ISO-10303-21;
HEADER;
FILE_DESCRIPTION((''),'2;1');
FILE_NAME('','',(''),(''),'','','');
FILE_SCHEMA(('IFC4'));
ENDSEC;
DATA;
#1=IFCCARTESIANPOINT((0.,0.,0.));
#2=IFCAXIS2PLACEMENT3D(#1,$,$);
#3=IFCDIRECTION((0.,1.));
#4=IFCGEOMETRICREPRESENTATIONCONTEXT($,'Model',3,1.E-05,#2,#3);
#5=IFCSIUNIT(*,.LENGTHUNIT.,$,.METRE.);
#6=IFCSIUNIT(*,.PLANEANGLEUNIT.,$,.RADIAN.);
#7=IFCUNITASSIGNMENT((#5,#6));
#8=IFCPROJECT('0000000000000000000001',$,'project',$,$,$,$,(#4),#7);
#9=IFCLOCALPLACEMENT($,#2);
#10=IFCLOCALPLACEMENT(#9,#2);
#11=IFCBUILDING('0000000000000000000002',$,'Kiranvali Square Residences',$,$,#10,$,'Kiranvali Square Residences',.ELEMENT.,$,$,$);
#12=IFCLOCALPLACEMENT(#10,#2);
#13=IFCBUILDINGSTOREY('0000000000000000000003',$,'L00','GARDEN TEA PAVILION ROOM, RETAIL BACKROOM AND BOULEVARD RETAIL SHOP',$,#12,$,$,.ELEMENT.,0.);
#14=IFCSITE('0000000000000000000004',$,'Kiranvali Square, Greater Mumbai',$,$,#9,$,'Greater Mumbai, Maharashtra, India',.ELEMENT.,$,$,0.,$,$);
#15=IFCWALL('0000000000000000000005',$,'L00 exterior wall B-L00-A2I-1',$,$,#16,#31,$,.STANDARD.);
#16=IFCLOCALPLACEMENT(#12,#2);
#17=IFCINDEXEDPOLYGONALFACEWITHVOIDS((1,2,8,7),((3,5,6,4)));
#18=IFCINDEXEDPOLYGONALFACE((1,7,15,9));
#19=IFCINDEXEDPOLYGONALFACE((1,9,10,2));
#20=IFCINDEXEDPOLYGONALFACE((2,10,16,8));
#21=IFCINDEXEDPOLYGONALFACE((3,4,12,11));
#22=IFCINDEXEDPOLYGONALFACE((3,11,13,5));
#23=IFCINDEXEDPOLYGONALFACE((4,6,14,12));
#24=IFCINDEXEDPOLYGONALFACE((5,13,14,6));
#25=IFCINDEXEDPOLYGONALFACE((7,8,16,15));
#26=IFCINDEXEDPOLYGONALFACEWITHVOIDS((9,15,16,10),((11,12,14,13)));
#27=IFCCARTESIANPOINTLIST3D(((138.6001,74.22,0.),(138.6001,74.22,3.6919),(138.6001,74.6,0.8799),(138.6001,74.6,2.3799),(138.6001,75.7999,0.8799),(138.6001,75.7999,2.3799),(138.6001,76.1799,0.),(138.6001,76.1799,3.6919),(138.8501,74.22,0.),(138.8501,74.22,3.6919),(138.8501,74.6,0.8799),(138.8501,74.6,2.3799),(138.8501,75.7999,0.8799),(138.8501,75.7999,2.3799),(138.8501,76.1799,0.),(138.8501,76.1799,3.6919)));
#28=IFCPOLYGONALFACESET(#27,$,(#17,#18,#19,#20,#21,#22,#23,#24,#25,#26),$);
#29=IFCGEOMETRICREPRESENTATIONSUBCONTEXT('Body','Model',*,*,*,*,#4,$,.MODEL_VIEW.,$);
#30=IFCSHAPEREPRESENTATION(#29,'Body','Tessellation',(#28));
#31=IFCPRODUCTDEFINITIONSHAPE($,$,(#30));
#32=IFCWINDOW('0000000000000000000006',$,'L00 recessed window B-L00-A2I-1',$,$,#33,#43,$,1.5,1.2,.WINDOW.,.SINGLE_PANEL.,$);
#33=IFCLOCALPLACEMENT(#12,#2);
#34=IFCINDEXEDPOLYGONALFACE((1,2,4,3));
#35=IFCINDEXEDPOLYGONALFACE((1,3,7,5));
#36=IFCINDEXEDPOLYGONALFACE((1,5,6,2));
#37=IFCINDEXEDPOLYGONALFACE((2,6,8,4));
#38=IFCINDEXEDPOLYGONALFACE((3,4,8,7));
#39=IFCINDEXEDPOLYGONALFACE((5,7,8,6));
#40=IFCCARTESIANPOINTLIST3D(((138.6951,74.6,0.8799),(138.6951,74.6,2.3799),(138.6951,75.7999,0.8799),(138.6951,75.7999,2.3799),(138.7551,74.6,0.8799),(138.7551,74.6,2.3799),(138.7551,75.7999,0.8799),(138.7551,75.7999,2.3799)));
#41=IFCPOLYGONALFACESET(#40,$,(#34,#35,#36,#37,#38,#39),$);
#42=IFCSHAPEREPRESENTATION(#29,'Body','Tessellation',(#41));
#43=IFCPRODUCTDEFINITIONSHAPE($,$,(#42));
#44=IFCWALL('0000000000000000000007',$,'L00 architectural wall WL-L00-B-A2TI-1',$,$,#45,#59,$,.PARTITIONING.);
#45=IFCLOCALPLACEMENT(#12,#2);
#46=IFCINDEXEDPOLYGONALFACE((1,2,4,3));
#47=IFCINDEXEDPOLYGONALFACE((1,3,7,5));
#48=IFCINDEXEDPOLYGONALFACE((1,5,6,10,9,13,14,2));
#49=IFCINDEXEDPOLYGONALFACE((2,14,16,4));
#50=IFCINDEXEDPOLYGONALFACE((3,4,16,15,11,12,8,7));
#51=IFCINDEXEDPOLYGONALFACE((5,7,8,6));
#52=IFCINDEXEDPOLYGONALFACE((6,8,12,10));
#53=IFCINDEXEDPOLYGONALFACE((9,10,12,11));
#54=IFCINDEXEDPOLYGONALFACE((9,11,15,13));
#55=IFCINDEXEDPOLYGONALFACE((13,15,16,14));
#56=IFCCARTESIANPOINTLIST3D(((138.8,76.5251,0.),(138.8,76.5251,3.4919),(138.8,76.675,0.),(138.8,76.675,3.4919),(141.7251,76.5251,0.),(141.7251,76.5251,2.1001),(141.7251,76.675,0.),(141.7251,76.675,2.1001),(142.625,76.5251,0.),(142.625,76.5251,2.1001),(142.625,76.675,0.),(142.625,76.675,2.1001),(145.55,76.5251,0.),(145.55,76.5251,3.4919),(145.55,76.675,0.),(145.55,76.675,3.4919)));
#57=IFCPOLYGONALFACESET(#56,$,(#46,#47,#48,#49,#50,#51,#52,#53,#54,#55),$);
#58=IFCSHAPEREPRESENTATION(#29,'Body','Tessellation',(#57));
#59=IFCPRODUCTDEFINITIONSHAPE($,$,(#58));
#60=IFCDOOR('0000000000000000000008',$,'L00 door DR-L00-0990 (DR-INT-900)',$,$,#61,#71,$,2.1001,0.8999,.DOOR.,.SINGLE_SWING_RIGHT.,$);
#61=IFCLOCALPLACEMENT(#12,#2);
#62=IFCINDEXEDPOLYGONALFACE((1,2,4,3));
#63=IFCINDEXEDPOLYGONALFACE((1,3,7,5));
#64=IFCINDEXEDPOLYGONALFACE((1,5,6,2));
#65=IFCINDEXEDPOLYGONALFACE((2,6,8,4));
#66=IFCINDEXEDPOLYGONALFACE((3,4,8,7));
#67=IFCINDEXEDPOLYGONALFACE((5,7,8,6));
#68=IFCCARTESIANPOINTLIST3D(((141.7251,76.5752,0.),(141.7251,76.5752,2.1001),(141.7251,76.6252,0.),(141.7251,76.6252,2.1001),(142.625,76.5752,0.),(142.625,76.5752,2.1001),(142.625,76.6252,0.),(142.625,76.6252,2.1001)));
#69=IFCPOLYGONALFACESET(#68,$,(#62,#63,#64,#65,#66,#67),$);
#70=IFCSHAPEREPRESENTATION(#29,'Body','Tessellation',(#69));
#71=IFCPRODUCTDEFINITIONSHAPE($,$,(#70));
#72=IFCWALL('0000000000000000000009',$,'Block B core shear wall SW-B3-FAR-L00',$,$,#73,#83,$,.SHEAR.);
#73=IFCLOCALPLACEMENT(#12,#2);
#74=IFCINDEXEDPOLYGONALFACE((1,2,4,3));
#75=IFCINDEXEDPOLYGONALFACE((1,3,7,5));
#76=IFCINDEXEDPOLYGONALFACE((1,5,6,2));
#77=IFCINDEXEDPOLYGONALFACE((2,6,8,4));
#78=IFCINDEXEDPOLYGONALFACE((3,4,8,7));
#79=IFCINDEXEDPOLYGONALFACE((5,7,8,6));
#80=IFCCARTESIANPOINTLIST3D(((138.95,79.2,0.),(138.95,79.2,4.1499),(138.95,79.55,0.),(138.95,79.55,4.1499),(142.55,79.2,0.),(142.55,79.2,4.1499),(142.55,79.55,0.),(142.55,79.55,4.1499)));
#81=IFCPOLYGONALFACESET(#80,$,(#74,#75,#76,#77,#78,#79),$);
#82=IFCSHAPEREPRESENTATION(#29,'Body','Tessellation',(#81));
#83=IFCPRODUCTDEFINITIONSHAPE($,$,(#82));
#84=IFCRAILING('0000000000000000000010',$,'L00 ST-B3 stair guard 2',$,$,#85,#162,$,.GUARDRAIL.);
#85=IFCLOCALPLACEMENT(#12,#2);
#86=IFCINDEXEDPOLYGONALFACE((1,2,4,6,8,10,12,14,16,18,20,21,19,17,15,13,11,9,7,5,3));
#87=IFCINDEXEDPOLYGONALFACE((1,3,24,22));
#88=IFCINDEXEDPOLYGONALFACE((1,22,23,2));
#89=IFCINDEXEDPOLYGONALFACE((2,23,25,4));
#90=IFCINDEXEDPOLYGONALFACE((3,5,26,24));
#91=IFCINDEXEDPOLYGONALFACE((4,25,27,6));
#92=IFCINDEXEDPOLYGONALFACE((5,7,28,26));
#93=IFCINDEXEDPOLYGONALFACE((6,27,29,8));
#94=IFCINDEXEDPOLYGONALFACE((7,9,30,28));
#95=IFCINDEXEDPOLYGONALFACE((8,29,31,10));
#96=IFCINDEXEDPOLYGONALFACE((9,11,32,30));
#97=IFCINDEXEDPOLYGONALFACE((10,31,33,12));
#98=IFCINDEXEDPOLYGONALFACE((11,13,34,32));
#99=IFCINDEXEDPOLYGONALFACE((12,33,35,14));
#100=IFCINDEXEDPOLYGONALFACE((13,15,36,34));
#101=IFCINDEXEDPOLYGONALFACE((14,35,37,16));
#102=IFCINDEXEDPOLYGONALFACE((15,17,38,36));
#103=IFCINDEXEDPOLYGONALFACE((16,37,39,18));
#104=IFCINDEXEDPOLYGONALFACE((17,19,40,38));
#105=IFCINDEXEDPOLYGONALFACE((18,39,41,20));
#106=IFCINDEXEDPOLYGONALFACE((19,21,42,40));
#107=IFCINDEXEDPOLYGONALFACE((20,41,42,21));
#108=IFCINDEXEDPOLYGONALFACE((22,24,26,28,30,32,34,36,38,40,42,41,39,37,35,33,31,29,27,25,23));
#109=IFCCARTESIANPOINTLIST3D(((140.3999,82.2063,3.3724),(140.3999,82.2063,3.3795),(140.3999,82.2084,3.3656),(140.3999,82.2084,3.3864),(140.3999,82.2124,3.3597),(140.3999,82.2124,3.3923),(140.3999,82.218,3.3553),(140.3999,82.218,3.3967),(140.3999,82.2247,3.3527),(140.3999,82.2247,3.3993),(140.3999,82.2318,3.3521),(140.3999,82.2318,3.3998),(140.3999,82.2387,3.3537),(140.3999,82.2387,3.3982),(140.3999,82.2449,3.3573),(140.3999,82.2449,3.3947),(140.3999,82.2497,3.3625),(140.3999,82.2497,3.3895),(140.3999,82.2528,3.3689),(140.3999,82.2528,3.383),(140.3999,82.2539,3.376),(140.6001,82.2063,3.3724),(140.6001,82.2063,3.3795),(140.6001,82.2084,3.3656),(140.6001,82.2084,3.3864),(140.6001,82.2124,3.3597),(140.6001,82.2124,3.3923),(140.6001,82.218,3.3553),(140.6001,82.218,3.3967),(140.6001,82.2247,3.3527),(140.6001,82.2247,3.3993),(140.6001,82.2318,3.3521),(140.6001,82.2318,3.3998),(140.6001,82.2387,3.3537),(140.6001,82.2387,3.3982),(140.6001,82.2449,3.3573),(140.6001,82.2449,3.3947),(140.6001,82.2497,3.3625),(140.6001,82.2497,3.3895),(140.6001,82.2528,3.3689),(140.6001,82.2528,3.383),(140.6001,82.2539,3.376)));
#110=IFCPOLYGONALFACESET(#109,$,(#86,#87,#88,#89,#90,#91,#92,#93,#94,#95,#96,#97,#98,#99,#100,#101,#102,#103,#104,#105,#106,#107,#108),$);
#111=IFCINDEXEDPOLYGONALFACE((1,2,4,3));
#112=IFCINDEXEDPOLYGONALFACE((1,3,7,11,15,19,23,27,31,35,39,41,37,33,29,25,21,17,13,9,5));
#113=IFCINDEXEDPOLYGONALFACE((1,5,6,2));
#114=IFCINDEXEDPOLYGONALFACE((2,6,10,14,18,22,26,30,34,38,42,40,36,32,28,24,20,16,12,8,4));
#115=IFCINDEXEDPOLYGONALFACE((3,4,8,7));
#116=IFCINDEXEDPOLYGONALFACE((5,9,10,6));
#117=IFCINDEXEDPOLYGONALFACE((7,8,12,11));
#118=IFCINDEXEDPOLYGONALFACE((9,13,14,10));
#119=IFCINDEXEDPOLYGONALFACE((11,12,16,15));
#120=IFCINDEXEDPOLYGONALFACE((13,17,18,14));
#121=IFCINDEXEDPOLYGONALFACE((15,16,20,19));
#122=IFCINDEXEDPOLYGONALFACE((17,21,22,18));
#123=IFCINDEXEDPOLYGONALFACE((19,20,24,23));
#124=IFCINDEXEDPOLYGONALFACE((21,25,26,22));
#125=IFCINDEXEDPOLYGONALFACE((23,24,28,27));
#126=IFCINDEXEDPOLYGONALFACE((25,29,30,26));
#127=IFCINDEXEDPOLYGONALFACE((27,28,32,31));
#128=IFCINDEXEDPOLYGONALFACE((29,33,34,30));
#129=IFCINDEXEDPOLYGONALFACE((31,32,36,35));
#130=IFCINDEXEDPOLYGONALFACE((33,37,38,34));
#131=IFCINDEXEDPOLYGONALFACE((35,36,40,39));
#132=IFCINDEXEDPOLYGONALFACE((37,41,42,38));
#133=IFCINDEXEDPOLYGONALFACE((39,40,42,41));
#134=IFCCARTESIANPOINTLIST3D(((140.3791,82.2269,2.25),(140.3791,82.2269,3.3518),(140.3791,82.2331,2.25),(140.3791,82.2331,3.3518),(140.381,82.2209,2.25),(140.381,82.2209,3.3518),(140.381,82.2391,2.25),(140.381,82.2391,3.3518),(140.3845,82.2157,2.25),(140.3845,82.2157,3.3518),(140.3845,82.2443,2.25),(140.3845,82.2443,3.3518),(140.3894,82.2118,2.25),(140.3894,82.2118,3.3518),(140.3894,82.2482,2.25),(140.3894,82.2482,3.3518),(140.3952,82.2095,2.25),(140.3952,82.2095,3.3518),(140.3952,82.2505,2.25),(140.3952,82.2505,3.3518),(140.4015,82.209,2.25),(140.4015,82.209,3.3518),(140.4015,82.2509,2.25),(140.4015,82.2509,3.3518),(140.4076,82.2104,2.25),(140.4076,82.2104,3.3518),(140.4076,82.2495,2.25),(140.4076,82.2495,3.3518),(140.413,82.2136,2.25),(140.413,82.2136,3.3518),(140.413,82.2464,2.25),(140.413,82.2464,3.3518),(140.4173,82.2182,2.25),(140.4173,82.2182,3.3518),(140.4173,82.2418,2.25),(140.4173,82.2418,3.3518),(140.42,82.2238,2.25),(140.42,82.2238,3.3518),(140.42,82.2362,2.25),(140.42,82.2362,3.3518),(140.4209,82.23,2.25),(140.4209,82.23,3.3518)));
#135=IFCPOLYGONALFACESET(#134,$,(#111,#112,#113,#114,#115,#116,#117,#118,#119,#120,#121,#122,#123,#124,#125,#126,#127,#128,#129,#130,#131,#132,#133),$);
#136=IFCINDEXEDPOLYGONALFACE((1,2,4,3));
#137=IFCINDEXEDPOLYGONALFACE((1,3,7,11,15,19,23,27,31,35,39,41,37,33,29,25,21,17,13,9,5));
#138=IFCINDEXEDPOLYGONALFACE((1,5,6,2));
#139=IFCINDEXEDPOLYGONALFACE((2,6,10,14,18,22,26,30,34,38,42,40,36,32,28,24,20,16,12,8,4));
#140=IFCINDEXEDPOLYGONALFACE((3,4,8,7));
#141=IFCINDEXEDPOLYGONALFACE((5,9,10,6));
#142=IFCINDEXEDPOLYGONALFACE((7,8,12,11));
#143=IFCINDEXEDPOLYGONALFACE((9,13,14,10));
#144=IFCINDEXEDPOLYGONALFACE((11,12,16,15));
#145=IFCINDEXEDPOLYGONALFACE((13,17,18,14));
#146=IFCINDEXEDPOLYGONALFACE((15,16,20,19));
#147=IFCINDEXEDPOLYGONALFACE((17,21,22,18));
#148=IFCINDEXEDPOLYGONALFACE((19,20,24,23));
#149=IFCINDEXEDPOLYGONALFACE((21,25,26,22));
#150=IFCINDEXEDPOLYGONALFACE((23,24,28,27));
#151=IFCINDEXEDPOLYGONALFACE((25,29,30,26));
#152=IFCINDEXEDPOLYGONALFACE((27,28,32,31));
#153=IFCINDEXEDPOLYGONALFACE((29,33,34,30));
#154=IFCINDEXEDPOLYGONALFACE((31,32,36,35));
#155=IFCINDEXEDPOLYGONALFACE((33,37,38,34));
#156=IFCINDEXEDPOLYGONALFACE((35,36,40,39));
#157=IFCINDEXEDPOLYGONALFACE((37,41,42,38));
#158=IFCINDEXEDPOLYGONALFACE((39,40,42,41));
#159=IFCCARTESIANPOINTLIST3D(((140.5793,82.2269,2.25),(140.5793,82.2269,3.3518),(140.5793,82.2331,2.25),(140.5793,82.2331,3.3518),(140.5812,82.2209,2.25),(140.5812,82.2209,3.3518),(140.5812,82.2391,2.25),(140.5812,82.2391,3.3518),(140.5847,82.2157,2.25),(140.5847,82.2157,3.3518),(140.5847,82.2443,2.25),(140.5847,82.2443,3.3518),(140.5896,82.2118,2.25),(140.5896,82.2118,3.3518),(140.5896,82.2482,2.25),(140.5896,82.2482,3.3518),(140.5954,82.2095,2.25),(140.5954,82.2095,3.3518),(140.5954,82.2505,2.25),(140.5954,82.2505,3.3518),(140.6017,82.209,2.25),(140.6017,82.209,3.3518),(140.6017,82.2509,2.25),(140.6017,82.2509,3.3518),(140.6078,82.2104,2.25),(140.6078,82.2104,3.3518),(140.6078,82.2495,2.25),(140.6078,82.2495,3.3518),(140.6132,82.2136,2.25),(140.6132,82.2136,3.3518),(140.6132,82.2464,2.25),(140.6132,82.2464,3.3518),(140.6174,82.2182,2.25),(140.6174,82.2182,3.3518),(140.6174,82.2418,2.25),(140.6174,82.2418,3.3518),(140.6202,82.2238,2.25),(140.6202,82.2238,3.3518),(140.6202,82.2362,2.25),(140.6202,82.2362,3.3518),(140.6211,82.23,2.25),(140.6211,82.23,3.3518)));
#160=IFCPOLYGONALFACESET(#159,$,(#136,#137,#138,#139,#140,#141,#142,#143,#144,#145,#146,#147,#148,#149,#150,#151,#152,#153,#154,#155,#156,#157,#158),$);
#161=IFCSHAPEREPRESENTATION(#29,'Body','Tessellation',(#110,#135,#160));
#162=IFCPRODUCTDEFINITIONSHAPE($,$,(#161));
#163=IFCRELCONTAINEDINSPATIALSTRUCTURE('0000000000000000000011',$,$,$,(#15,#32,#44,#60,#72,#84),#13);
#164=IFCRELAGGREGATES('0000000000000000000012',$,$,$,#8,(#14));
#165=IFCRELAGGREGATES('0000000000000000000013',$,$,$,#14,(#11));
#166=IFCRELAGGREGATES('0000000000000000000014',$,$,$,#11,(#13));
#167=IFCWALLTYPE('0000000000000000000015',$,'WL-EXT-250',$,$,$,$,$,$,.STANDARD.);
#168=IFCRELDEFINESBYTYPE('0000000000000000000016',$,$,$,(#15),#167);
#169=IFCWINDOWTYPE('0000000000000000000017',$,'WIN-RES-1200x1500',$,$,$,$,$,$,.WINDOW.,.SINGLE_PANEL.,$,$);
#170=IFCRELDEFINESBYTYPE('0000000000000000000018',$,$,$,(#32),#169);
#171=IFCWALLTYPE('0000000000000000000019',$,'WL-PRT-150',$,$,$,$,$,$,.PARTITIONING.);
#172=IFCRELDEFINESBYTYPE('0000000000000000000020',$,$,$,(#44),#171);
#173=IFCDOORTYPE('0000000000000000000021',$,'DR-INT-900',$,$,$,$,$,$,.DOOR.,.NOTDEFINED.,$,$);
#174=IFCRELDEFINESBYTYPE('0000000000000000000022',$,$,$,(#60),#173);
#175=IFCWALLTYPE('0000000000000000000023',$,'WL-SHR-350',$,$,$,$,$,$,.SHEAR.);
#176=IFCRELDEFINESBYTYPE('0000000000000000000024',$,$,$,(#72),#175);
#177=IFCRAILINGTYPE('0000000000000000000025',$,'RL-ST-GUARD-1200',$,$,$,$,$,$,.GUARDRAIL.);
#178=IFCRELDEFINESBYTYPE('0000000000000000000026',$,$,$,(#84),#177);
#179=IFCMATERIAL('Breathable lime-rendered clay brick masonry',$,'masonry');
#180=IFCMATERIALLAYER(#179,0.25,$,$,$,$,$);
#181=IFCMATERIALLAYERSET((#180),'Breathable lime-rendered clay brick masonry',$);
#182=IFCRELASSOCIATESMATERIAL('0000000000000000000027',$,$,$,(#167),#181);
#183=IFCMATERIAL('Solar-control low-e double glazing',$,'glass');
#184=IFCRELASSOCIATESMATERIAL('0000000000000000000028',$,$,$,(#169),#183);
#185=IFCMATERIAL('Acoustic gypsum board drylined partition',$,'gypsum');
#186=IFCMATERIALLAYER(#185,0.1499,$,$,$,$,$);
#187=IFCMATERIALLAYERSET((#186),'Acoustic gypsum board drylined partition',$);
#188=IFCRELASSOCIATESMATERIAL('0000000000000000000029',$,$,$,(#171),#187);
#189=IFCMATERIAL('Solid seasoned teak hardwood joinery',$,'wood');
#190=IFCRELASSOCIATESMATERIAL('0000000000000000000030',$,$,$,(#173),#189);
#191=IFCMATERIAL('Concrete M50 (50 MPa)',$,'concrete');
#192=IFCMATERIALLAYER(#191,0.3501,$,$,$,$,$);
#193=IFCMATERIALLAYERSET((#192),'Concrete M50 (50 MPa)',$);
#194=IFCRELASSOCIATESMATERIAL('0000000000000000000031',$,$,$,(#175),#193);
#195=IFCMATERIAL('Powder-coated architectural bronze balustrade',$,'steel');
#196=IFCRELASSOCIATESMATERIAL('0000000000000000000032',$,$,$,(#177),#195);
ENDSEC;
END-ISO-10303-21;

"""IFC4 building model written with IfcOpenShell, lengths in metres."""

from ifc_helpers import new_model, si_unit, direction, frame, frame_2d, origin, origin_2d, place, context, subcontext, project, spatial, rectangle, circle, extrude, material, layer, layer_set, type_object, element, fill, save


model = new_model("IFC4")

# Units and contexts
model_context = context("Model", 3, precision=1e-05, world=origin(), true_north=direction((0.0, 1.0)))
body_context = subcontext(model_context, "Body", "Model", "MODEL_VIEW")
ifc_project = project(units=[si_unit("LENGTHUNIT", "METRE"), si_unit("PLANEANGLEUNIT", "RADIAN")], contexts=[model_context])

# Site, building, storey
site_placement = place(None, origin())
site = spatial("IfcSite", under=ifc_project, at=site_placement, Name="Kiranvali Square, Greater Mumbai", LongName="Greater Mumbai, Maharashtra, India", CompositionType="ELEMENT", RefElevation=0.0)
building_placement = place(site_placement, origin())
building = spatial("IfcBuilding", under=site, at=building_placement, Name="Kiranvali Square Residences", LongName="Kiranvali Square Residences", CompositionType="ELEMENT")
storey_placement = place(building_placement, origin())
storey = spatial("IfcBuildingStorey", under=building, at=storey_placement, Name="L00", Description="GARDEN TEA PAVILION ROOM, RETAIL BACKROOM AND BOULEVARD RETAIL SHOP", CompositionType="ELEMENT", Elevation=0.0)

# Shared definitions
ifc_material_1 = material(Name="Concrete M50 (50 MPa)", Category="concrete")

# Wall, opening, window
ifc_material_2 = material(Name="Breathable lime-rendered clay brick masonry", Category="masonry")
ifc_layer_1 = layer(ifc_material_2, 0.25)
ifc_layer_set_1 = layer_set([ifc_layer_1], Name="Breathable lime-rendered clay brick masonry")
wall_type_1 = type_object("IfcWallType", Name="WL-EXT-250", PredefinedType="STANDARD", material=ifc_layer_set_1)
ifc_material_3 = material(Name="Solar-control low-e double glazing", Category="glass")
window_type = type_object("IfcWindowType", Name="WIN-RES-1200x1500", PartitioningType="SINGLE_PANEL", PredefinedType="WINDOW", material=ifc_material_3)
wall_1_placement = place(storey_placement, frame((138.7251, 76.1799, 0.0), z_axis=(0.0, 0.0, 1.0), x_axis=(0.0, -1.0, 0.0)))
wall_1 = element("IfcWall", 1, at=wall_1_placement, inside=storey, type_object=wall_type_1, Name="L00 exterior wall B-L00-A2I-1", PredefinedType="STANDARD", context=body_context, shape_type="SweptSolid", body=[
    extrude(rectangle(XDim=1.96, YDim=0.25, at=frame_2d((0.98, 0.0))), origin(), (0.0, 0.0, 1.0), 3.6919),
])
opening_1_placement = place(wall_1_placement, frame((0.3799, 0.0, 0.8799)))
opening_1 = element("IfcOpeningElement", 2, at=opening_1_placement, cuts=wall_1, PredefinedType="OPENING", context=body_context, shape_type="SweptSolid", body=[
    extrude(rectangle(XDim=1.2, YDim=1.5, at=frame_2d((0.6001, 0.75))), frame((0.0, 0.135, 0.0), z_axis=(0.0, -1.0, 0.0), x_axis=(1.0, 0.0, 0.0)), (0.0, 0.0, 1.0), 0.27),
])
window_1_placement = place(opening_1_placement, origin())
window_1 = element("IfcWindow", 3, at=window_1_placement, inside=storey, type_object=window_type, Name="L00 recessed window B-L00-A2I-1", OverallHeight=1.5, OverallWidth=1.2, PartitioningType="SINGLE_PANEL", PredefinedType="WINDOW", context=body_context, shape_type="SweptSolid", body=[
    extrude(rectangle(XDim=1.2, YDim=1.5, at=frame_2d((0.6001, 0.75))), frame((0.0, 0.03, 0.0), z_axis=(0.0, -1.0, 0.0), x_axis=(1.0, 0.0, 0.0)), (0.0, 0.0, 1.0), 0.0601),
])
fill(opening_1, window_1)

# Wall, opening, door
ifc_material_4 = material(Name="Acoustic gypsum board drylined partition", Category="gypsum")
ifc_layer_2 = layer(ifc_material_4, 0.1499)
ifc_layer_set_2 = layer_set([ifc_layer_2], Name="Acoustic gypsum board drylined partition")
wall_type_2 = type_object("IfcWallType", Name="WL-PRT-150", PredefinedType="PARTITIONING", material=ifc_layer_set_2)
wall_2_placement = place(storey_placement, frame((138.8, 76.6001, 0.0), z_axis=(0.0, 0.0, 1.0), x_axis=(1.0, 0.0, 0.0)))
wall_2 = element("IfcWall", 4, at=wall_2_placement, inside=storey, type_object=wall_type_2, Name="L00 architectural wall WL-L00-B-A2TI-1", PredefinedType="PARTITIONING", context=body_context, shape_type="SweptSolid", body=[
    extrude(rectangle(XDim=6.75, YDim=0.1499, at=frame_2d((3.375, 0.0))), origin(), (0.0, 0.0, 1.0), 3.4919),
])
opening_2_placement = place(wall_2_placement, frame((2.925, 0.0, 0.0)))
opening_2 = element("IfcOpeningElement", 5, at=opening_2_placement, cuts=wall_2, PredefinedType="OPENING", context=body_context, shape_type="SweptSolid", body=[
    extrude(rectangle(XDim=0.8999, YDim=2.1001, at=frame_2d((0.45, 1.05))), frame((0.0, 0.085, 0.0), z_axis=(0.0, -1.0, 0.0), x_axis=(1.0, 0.0, 0.0)), (0.0, 0.0, 1.0), 0.1699),
])
ifc_material_5 = material(Name="Solid seasoned teak hardwood joinery", Category="wood")
door_type = type_object("IfcDoorType", Name="DR-INT-900", OperationType="NOTDEFINED", PredefinedType="DOOR", material=ifc_material_5)
door_placement = place(opening_2_placement, frame((0.8999, 0.0, 0.0), z_axis=(0.0, 0.0, 1.0), x_axis=(-1.0, 0.0, 0.0)))
door = element("IfcDoor", 6, at=door_placement, inside=storey, type_object=door_type, Name="L00 door DR-L00-0990 (DR-INT-900)", OperationType="SINGLE_SWING_RIGHT", OverallHeight=2.1001, OverallWidth=0.8999, PredefinedType="DOOR", context=body_context, shape_type="SweptSolid", body=[
    extrude(rectangle(XDim=0.8999, YDim=2.1001, at=frame_2d((0.45, 1.05))), frame((0.0, 0.0249, 0.0), z_axis=(0.0, -1.0, 0.0), x_axis=(1.0, 0.0, 0.0)), (0.0, 0.0, 1.0), 0.05),
])
fill(opening_2, door)

# Wall
ifc_layer_3 = layer(ifc_material_1, 0.3501)
ifc_layer_set_3 = layer_set([ifc_layer_3], Name="Concrete M50 (50 MPa)")
wall_type_3 = type_object("IfcWallType", Name="WL-SHR-350", PredefinedType="SHEAR", material=ifc_layer_set_3)
wall_3_placement = place(storey_placement, frame((138.95, 79.375, 0.0), z_axis=(0.0, 0.0, 1.0), x_axis=(1.0, 0.0, 0.0)))
element("IfcWall", 7, at=wall_3_placement, inside=storey, type_object=wall_type_3, Name="Block B core shear wall SW-B3-FAR-L00", PredefinedType="SHEAR", context=body_context, shape_type="SweptSolid", body=[
    extrude(rectangle(XDim=3.6001, YDim=0.3501, at=frame_2d((1.8, 0.0))), origin(), (0.0, 0.0, 1.0), 4.1499),
])

# Railing
ifc_material_6 = material(Name="Powder-coated architectural bronze balustrade", Category="steel")
railing_type = type_object("IfcRailingType", Name="RL-ST-GUARD-1200", PredefinedType="GUARDRAIL", material=ifc_material_6)
railing_1_placement = place(storey_placement, frame((140.3999, 82.23, 2.25)))
element("IfcRailing", 8, at=railing_1_placement, inside=storey, type_object=railing_type, Name="L00 ST-B3 stair guard 2", PredefinedType="GUARDRAIL", context=body_context, shape_type="SweptSolid", body=[
    extrude(circle(Radius=0.0239, at=origin_2d()), frame((0.0, 0.0, 1.126), z_axis=(1.0, 0.0, 0.0), x_axis=(0.0, 1.0, 0.0)), (0.0, 0.0, 1.0), 0.2002),
    extrude(circle(Radius=0.021, at=origin_2d()), origin(), (0.0, 0.0, 1.0), 1.1018),
    extrude(circle(Radius=0.021, at=origin_2d()), frame((0.2002, 0.0, 0.0)), (0.0, 0.0, 1.0), 1.1018),
])

save(model, "model.ifc")
